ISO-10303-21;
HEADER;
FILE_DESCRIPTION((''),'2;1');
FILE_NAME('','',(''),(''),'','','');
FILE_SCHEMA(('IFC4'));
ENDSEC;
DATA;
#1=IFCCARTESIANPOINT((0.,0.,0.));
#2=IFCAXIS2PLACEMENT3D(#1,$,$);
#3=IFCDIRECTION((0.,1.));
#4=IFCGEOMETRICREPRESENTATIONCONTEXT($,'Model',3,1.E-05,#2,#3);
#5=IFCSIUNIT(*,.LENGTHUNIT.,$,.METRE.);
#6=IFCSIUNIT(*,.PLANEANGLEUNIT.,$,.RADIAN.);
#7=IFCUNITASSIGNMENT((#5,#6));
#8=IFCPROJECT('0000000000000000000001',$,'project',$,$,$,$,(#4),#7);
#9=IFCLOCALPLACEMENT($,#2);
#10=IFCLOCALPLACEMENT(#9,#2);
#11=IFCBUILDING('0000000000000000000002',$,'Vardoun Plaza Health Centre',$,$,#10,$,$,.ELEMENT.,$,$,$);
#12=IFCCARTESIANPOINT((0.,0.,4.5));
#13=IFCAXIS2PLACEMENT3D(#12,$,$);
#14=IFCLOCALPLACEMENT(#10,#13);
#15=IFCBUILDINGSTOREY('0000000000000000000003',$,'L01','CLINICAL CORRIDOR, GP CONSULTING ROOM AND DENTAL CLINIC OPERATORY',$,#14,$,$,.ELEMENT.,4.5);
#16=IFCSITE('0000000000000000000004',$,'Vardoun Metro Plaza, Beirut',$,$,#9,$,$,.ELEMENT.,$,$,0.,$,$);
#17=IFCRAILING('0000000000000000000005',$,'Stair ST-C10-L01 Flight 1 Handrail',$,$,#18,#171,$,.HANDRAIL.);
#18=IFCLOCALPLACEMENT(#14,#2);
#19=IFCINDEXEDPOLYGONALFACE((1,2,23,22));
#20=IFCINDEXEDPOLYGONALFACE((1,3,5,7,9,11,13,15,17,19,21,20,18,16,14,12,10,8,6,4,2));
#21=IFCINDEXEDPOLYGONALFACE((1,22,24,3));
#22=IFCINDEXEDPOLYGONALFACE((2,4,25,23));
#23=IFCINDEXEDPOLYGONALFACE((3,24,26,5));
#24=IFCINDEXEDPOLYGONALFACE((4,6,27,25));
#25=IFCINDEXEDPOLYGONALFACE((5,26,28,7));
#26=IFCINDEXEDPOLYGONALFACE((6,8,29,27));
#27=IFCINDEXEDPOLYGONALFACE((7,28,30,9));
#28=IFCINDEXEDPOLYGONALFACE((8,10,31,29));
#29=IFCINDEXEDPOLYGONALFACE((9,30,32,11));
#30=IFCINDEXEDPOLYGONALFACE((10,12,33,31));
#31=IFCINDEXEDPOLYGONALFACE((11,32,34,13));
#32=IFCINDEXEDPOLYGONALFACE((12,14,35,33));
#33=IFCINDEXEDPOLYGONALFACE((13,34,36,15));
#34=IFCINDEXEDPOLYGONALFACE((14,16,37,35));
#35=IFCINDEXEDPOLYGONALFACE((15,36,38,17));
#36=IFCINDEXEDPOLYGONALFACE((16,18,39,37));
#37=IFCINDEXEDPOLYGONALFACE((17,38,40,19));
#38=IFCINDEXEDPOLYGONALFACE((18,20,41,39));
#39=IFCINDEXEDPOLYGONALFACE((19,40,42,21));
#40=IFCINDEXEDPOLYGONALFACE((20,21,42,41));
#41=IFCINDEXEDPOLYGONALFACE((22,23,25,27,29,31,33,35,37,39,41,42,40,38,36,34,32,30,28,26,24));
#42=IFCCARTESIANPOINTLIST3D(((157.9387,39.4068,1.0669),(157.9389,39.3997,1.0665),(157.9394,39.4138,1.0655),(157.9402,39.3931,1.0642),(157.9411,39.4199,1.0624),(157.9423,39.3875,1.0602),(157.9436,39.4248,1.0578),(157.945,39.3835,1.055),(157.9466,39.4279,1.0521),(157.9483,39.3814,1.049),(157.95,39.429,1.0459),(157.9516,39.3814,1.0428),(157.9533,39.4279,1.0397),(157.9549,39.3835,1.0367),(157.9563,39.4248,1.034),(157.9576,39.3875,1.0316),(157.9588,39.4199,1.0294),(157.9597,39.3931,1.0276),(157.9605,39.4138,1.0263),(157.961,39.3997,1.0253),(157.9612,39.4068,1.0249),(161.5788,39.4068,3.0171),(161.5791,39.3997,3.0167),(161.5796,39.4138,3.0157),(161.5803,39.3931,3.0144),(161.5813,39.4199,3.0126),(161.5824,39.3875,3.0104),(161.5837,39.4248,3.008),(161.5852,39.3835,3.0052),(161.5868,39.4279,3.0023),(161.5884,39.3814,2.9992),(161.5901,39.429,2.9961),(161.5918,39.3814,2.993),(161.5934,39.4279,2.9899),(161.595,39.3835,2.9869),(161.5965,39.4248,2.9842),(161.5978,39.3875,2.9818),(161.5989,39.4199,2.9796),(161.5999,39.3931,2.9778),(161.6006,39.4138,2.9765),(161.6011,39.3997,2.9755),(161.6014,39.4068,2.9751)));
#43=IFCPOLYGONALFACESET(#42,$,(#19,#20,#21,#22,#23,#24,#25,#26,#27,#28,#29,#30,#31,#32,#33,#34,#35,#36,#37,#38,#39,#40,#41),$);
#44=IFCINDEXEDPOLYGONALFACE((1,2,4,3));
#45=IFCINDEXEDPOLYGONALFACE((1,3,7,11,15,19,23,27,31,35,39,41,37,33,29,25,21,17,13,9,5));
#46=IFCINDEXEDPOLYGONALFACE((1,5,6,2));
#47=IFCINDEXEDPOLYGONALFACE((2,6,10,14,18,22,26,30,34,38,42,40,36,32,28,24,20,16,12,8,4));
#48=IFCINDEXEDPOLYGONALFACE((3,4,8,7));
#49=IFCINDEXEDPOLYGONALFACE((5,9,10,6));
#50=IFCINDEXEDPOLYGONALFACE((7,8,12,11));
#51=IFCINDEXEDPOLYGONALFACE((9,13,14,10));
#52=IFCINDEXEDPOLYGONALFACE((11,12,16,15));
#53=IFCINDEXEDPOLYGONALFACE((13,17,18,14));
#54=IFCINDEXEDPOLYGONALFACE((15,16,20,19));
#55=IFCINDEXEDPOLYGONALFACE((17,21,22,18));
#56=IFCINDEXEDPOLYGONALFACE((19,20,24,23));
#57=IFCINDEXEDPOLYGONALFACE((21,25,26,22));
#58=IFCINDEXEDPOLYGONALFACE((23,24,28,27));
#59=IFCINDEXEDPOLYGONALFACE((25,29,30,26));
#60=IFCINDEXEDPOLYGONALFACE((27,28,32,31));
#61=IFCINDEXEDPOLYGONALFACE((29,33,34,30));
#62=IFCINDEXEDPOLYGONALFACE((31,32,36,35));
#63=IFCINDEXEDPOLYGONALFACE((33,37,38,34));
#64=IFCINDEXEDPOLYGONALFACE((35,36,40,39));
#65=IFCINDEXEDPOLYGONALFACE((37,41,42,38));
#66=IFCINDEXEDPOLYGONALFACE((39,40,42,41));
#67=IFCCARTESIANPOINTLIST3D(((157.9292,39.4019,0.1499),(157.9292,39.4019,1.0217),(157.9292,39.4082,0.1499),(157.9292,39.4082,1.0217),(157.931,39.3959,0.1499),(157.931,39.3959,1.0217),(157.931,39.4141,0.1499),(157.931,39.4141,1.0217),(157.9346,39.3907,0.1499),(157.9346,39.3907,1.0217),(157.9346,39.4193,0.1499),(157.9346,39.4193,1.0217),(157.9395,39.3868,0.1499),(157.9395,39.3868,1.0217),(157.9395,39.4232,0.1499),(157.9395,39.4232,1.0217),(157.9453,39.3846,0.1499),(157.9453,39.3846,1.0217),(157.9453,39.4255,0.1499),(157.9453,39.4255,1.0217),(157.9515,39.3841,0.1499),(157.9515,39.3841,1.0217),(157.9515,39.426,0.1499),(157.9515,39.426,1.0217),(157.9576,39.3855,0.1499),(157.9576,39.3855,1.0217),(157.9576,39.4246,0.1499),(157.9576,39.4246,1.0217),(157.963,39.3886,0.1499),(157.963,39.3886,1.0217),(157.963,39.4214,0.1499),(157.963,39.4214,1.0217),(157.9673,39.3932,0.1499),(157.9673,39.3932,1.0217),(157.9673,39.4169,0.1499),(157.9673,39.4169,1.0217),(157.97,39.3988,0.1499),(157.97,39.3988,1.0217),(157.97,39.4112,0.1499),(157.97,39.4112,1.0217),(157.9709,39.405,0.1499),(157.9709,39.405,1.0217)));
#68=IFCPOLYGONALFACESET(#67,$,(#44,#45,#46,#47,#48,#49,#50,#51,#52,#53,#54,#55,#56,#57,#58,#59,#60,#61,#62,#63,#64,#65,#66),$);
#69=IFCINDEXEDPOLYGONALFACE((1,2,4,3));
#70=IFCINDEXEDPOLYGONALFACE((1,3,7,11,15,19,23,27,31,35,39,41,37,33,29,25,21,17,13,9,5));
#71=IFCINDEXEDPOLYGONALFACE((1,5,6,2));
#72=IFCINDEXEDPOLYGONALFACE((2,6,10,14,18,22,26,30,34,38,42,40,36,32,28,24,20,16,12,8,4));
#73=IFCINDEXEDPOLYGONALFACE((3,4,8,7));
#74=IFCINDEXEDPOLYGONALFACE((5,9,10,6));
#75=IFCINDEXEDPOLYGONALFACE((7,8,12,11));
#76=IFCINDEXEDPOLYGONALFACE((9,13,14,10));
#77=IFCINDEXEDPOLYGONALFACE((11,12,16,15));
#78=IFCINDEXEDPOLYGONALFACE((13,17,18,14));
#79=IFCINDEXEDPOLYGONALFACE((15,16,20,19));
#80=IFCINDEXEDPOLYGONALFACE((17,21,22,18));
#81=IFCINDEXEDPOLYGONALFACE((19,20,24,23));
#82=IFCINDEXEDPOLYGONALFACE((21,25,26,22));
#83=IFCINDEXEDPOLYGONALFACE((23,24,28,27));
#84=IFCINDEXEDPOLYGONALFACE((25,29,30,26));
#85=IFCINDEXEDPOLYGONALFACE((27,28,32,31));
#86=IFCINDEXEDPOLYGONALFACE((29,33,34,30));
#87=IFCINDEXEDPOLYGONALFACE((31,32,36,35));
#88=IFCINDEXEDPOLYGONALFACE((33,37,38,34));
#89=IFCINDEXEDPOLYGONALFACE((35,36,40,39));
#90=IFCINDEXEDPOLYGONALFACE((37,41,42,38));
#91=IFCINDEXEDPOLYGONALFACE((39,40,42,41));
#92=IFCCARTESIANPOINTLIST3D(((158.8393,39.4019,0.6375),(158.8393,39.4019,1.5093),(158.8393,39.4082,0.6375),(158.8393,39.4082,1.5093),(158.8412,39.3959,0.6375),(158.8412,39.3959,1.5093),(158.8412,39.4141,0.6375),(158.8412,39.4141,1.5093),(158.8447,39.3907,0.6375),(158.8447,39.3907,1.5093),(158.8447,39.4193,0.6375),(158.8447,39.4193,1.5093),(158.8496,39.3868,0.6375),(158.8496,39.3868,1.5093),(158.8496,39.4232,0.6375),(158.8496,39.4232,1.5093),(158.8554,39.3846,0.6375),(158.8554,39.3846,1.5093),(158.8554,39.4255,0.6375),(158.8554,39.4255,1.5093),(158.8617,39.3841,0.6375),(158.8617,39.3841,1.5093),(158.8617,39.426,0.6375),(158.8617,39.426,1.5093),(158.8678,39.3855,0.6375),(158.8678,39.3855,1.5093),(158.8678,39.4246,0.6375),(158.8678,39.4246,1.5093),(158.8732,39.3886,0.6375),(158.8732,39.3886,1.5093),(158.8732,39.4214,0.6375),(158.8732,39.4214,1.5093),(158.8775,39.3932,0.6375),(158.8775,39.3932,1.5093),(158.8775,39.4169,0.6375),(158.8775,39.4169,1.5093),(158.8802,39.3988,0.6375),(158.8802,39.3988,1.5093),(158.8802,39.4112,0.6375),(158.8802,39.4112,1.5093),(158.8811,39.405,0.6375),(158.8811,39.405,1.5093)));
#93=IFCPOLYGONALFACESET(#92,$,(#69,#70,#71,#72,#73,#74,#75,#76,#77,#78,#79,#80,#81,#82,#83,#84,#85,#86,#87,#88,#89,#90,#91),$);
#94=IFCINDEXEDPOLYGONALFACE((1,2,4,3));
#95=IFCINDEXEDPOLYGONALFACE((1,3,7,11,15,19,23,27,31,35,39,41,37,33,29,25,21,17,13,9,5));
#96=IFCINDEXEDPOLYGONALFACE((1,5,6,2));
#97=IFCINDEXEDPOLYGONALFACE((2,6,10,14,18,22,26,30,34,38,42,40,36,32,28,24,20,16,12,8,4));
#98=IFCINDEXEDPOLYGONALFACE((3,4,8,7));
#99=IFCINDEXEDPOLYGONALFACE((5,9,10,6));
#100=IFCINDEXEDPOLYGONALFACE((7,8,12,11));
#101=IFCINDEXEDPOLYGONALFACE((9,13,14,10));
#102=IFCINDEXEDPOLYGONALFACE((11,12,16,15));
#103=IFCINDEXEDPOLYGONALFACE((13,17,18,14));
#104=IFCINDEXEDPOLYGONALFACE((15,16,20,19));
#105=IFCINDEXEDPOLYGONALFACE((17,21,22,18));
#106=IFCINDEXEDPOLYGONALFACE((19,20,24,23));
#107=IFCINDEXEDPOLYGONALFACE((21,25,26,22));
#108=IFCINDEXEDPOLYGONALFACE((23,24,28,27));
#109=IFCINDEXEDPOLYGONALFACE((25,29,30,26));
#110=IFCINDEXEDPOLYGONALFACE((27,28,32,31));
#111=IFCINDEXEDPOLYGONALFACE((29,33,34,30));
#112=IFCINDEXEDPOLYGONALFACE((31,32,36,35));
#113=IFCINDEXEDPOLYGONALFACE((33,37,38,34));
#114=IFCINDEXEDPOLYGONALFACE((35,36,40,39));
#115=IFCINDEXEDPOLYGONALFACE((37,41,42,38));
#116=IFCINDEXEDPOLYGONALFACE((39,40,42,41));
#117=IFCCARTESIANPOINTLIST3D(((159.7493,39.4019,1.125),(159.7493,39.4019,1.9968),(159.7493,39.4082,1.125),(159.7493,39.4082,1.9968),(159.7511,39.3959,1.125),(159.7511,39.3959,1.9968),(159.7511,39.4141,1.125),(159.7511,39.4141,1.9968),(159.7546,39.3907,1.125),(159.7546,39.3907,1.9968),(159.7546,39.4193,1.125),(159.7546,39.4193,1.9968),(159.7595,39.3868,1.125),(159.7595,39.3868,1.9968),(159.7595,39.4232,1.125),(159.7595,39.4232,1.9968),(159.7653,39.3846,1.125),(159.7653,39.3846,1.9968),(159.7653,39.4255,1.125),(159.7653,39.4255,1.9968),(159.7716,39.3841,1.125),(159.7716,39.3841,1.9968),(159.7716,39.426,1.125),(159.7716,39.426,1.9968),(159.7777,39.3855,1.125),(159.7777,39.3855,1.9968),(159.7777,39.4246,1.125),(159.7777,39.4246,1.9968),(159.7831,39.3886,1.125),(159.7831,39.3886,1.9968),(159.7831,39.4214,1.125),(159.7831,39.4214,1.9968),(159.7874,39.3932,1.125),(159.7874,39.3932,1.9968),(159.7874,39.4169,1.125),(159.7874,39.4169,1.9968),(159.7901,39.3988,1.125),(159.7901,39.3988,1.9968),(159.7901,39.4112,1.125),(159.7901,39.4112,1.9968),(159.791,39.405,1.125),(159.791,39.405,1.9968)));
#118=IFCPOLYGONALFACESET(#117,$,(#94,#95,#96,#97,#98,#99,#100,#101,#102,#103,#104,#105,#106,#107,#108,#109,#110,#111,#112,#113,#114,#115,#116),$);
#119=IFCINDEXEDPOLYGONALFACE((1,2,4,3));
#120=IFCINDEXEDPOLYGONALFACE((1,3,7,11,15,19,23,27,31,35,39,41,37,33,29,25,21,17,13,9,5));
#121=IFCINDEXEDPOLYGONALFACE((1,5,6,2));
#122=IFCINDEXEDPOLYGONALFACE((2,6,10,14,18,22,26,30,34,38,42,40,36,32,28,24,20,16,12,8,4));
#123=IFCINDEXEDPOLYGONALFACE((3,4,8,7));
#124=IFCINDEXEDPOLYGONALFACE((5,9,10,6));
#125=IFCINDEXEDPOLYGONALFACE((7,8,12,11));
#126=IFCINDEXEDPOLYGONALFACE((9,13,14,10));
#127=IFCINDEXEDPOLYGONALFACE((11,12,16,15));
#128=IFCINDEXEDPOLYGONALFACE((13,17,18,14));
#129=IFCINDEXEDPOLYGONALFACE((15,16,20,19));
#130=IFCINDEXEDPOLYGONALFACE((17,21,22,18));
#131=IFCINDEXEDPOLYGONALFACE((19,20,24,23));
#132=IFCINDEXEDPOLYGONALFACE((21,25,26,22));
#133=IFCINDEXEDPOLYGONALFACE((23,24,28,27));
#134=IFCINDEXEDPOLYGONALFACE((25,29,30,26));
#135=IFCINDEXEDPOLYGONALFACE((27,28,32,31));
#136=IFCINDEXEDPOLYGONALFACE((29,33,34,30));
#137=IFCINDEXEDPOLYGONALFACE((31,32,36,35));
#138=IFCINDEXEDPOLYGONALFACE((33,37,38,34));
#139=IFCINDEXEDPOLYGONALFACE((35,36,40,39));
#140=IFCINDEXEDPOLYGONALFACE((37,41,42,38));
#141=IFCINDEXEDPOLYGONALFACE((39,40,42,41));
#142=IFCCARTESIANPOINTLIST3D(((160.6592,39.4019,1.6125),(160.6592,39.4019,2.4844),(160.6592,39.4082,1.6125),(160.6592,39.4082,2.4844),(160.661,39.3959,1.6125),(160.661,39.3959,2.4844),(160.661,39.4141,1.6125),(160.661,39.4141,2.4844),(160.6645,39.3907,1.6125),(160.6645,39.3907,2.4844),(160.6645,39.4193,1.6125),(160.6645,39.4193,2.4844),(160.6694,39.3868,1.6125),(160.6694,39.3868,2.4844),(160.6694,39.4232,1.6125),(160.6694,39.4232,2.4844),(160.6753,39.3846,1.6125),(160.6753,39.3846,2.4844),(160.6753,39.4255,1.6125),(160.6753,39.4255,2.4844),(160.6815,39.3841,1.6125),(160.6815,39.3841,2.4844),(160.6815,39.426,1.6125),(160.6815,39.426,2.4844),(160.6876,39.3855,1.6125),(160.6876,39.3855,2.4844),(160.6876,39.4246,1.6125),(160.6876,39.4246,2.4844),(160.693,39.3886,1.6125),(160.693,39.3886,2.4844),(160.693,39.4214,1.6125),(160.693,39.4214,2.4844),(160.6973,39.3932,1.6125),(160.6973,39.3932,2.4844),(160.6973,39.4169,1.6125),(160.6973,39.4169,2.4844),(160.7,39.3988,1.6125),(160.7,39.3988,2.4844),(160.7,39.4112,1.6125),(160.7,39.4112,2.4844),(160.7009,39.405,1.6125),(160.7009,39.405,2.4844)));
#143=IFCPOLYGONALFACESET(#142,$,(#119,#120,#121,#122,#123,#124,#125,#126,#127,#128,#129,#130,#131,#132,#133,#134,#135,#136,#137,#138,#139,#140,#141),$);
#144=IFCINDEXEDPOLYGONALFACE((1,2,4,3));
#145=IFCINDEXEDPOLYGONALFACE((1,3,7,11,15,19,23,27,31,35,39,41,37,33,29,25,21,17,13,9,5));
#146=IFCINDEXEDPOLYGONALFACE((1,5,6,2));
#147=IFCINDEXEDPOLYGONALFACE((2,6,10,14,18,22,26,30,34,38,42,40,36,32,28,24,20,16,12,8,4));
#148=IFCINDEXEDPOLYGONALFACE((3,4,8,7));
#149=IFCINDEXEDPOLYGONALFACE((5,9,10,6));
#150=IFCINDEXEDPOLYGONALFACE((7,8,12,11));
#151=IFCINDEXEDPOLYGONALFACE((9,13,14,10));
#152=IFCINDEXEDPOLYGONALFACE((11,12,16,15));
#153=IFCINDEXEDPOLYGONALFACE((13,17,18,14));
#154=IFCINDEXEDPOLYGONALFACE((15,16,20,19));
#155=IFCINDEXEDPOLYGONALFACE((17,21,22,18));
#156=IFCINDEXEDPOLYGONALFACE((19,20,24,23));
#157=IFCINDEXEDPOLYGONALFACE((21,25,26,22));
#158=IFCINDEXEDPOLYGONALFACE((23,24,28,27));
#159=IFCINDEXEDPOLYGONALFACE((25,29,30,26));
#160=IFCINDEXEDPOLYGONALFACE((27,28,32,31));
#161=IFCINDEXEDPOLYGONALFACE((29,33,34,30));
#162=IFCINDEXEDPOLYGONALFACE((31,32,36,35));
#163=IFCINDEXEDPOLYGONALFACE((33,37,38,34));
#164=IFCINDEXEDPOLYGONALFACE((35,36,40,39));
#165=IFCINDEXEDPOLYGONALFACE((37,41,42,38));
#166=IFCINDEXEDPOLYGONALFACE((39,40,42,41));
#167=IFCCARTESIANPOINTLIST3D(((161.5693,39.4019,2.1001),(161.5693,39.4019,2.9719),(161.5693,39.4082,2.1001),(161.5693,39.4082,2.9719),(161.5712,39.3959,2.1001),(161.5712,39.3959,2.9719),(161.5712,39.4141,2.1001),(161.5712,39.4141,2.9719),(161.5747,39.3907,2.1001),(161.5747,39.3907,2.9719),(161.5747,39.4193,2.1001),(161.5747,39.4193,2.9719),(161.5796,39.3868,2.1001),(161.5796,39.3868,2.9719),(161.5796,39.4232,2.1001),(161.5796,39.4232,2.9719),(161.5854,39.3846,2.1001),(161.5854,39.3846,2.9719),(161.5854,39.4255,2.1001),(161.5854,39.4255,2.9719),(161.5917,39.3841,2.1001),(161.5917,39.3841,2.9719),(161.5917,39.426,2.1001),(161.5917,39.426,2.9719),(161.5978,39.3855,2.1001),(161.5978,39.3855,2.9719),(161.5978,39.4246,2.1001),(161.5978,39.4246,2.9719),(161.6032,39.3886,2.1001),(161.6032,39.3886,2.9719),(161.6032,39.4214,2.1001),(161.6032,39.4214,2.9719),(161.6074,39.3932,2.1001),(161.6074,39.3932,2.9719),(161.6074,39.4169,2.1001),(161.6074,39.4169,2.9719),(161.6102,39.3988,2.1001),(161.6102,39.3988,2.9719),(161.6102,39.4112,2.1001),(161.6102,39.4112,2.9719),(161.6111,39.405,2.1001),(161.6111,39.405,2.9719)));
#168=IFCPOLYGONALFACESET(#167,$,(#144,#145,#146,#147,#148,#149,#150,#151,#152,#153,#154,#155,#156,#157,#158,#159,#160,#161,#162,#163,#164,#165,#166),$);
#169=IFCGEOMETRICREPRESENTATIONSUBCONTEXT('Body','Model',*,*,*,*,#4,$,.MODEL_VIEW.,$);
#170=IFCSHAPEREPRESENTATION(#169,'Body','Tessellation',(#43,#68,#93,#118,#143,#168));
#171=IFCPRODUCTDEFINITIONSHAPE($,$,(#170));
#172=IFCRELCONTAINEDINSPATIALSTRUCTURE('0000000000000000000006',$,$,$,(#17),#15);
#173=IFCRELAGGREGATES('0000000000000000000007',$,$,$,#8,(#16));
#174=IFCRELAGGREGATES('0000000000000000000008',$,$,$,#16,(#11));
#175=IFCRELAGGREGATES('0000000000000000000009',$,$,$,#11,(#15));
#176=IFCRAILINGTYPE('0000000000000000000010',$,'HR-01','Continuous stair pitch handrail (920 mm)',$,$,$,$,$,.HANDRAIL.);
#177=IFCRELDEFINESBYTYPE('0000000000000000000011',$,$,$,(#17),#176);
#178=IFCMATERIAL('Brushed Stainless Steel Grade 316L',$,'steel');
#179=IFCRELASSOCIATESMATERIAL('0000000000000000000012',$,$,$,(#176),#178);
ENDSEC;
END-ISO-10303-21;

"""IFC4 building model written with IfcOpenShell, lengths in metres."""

from ifc_helpers import new_model, si_unit, direction, frame, origin, origin_2d, place, context, subcontext, project, spatial, circle, extrude, material, type_object, element, save


model = new_model("IFC4")

# Units and contexts
model_context = context("Model", 3, precision=1e-05, world=origin(), true_north=direction((0.0, 1.0)))
body_context = subcontext(model_context, "Body", "Model", "MODEL_VIEW")
ifc_project = project(units=[si_unit("LENGTHUNIT", "METRE"), si_unit("PLANEANGLEUNIT", "RADIAN")], contexts=[model_context])

# Site, building, storey
site_placement = place(None, origin())
site = spatial("IfcSite", under=ifc_project, at=site_placement, Name="Vardoun Metro Plaza, Beirut", CompositionType="ELEMENT", RefElevation=0.0)
building_placement = place(site_placement, origin())
building = spatial("IfcBuilding", under=site, at=building_placement, Name="Vardoun Plaza Health Centre", CompositionType="ELEMENT")
storey_placement = place(building_placement, frame((0.0, 0.0, 4.5)))
storey = spatial("IfcBuildingStorey", under=building, at=storey_placement, Name="L01", Description="CLINICAL CORRIDOR, GP CONSULTING ROOM AND DENTAL CLINIC OPERATORY", CompositionType="ELEMENT", Elevation=4.5)

# Railing
ifc_material_1 = material(Name="Brushed Stainless Steel Grade 316L", Category="steel")
railing_type_1 = type_object("IfcRailingType", Name="HR-01", Description="Continuous stair pitch handrail (920 mm)", PredefinedType="HANDRAIL", material=ifc_material_1)
railing_1_placement = place(storey_placement, frame((157.95, 39.405, 0.1499)))
element("IfcRailing", 1, at=railing_1_placement, inside=storey, type_object=railing_type_1, Name="Stair ST-C10-L01 Flight 1 Handrail", PredefinedType="HANDRAIL", context=body_context, shape_type="SweptSolid", body=[
    extrude(circle(Radius=0.0239, at=origin_2d()), frame((0.0, 0.0, 0.896), z_axis=(0.881468, 0.0, 0.472244), x_axis=(0.0, 1.0, 0.0)), (0.0, 0.0, 1.0), 4.1296),
    extrude(circle(Radius=0.021, at=origin_2d()), origin(), (0.0, 0.0, 1.0), 0.8718),
    extrude(circle(Radius=0.021, at=origin_2d()), frame((0.9102, 0.0, 0.4875)), (0.0, 0.0, 1.0), 0.8718),
    extrude(circle(Radius=0.021, at=origin_2d()), frame((1.8201, 0.0, 0.9751)), (0.0, 0.0, 1.0), 0.8718),
    extrude(circle(Radius=0.021, at=origin_2d()), frame((2.73, 0.0, 1.4626)), (0.0, 0.0, 1.0), 0.8718),
    extrude(circle(Radius=0.021, at=origin_2d()), frame((3.6401, 0.0, 1.9502)), (0.0, 0.0, 1.0), 0.8718),
])

save(model, "model.ifc")
